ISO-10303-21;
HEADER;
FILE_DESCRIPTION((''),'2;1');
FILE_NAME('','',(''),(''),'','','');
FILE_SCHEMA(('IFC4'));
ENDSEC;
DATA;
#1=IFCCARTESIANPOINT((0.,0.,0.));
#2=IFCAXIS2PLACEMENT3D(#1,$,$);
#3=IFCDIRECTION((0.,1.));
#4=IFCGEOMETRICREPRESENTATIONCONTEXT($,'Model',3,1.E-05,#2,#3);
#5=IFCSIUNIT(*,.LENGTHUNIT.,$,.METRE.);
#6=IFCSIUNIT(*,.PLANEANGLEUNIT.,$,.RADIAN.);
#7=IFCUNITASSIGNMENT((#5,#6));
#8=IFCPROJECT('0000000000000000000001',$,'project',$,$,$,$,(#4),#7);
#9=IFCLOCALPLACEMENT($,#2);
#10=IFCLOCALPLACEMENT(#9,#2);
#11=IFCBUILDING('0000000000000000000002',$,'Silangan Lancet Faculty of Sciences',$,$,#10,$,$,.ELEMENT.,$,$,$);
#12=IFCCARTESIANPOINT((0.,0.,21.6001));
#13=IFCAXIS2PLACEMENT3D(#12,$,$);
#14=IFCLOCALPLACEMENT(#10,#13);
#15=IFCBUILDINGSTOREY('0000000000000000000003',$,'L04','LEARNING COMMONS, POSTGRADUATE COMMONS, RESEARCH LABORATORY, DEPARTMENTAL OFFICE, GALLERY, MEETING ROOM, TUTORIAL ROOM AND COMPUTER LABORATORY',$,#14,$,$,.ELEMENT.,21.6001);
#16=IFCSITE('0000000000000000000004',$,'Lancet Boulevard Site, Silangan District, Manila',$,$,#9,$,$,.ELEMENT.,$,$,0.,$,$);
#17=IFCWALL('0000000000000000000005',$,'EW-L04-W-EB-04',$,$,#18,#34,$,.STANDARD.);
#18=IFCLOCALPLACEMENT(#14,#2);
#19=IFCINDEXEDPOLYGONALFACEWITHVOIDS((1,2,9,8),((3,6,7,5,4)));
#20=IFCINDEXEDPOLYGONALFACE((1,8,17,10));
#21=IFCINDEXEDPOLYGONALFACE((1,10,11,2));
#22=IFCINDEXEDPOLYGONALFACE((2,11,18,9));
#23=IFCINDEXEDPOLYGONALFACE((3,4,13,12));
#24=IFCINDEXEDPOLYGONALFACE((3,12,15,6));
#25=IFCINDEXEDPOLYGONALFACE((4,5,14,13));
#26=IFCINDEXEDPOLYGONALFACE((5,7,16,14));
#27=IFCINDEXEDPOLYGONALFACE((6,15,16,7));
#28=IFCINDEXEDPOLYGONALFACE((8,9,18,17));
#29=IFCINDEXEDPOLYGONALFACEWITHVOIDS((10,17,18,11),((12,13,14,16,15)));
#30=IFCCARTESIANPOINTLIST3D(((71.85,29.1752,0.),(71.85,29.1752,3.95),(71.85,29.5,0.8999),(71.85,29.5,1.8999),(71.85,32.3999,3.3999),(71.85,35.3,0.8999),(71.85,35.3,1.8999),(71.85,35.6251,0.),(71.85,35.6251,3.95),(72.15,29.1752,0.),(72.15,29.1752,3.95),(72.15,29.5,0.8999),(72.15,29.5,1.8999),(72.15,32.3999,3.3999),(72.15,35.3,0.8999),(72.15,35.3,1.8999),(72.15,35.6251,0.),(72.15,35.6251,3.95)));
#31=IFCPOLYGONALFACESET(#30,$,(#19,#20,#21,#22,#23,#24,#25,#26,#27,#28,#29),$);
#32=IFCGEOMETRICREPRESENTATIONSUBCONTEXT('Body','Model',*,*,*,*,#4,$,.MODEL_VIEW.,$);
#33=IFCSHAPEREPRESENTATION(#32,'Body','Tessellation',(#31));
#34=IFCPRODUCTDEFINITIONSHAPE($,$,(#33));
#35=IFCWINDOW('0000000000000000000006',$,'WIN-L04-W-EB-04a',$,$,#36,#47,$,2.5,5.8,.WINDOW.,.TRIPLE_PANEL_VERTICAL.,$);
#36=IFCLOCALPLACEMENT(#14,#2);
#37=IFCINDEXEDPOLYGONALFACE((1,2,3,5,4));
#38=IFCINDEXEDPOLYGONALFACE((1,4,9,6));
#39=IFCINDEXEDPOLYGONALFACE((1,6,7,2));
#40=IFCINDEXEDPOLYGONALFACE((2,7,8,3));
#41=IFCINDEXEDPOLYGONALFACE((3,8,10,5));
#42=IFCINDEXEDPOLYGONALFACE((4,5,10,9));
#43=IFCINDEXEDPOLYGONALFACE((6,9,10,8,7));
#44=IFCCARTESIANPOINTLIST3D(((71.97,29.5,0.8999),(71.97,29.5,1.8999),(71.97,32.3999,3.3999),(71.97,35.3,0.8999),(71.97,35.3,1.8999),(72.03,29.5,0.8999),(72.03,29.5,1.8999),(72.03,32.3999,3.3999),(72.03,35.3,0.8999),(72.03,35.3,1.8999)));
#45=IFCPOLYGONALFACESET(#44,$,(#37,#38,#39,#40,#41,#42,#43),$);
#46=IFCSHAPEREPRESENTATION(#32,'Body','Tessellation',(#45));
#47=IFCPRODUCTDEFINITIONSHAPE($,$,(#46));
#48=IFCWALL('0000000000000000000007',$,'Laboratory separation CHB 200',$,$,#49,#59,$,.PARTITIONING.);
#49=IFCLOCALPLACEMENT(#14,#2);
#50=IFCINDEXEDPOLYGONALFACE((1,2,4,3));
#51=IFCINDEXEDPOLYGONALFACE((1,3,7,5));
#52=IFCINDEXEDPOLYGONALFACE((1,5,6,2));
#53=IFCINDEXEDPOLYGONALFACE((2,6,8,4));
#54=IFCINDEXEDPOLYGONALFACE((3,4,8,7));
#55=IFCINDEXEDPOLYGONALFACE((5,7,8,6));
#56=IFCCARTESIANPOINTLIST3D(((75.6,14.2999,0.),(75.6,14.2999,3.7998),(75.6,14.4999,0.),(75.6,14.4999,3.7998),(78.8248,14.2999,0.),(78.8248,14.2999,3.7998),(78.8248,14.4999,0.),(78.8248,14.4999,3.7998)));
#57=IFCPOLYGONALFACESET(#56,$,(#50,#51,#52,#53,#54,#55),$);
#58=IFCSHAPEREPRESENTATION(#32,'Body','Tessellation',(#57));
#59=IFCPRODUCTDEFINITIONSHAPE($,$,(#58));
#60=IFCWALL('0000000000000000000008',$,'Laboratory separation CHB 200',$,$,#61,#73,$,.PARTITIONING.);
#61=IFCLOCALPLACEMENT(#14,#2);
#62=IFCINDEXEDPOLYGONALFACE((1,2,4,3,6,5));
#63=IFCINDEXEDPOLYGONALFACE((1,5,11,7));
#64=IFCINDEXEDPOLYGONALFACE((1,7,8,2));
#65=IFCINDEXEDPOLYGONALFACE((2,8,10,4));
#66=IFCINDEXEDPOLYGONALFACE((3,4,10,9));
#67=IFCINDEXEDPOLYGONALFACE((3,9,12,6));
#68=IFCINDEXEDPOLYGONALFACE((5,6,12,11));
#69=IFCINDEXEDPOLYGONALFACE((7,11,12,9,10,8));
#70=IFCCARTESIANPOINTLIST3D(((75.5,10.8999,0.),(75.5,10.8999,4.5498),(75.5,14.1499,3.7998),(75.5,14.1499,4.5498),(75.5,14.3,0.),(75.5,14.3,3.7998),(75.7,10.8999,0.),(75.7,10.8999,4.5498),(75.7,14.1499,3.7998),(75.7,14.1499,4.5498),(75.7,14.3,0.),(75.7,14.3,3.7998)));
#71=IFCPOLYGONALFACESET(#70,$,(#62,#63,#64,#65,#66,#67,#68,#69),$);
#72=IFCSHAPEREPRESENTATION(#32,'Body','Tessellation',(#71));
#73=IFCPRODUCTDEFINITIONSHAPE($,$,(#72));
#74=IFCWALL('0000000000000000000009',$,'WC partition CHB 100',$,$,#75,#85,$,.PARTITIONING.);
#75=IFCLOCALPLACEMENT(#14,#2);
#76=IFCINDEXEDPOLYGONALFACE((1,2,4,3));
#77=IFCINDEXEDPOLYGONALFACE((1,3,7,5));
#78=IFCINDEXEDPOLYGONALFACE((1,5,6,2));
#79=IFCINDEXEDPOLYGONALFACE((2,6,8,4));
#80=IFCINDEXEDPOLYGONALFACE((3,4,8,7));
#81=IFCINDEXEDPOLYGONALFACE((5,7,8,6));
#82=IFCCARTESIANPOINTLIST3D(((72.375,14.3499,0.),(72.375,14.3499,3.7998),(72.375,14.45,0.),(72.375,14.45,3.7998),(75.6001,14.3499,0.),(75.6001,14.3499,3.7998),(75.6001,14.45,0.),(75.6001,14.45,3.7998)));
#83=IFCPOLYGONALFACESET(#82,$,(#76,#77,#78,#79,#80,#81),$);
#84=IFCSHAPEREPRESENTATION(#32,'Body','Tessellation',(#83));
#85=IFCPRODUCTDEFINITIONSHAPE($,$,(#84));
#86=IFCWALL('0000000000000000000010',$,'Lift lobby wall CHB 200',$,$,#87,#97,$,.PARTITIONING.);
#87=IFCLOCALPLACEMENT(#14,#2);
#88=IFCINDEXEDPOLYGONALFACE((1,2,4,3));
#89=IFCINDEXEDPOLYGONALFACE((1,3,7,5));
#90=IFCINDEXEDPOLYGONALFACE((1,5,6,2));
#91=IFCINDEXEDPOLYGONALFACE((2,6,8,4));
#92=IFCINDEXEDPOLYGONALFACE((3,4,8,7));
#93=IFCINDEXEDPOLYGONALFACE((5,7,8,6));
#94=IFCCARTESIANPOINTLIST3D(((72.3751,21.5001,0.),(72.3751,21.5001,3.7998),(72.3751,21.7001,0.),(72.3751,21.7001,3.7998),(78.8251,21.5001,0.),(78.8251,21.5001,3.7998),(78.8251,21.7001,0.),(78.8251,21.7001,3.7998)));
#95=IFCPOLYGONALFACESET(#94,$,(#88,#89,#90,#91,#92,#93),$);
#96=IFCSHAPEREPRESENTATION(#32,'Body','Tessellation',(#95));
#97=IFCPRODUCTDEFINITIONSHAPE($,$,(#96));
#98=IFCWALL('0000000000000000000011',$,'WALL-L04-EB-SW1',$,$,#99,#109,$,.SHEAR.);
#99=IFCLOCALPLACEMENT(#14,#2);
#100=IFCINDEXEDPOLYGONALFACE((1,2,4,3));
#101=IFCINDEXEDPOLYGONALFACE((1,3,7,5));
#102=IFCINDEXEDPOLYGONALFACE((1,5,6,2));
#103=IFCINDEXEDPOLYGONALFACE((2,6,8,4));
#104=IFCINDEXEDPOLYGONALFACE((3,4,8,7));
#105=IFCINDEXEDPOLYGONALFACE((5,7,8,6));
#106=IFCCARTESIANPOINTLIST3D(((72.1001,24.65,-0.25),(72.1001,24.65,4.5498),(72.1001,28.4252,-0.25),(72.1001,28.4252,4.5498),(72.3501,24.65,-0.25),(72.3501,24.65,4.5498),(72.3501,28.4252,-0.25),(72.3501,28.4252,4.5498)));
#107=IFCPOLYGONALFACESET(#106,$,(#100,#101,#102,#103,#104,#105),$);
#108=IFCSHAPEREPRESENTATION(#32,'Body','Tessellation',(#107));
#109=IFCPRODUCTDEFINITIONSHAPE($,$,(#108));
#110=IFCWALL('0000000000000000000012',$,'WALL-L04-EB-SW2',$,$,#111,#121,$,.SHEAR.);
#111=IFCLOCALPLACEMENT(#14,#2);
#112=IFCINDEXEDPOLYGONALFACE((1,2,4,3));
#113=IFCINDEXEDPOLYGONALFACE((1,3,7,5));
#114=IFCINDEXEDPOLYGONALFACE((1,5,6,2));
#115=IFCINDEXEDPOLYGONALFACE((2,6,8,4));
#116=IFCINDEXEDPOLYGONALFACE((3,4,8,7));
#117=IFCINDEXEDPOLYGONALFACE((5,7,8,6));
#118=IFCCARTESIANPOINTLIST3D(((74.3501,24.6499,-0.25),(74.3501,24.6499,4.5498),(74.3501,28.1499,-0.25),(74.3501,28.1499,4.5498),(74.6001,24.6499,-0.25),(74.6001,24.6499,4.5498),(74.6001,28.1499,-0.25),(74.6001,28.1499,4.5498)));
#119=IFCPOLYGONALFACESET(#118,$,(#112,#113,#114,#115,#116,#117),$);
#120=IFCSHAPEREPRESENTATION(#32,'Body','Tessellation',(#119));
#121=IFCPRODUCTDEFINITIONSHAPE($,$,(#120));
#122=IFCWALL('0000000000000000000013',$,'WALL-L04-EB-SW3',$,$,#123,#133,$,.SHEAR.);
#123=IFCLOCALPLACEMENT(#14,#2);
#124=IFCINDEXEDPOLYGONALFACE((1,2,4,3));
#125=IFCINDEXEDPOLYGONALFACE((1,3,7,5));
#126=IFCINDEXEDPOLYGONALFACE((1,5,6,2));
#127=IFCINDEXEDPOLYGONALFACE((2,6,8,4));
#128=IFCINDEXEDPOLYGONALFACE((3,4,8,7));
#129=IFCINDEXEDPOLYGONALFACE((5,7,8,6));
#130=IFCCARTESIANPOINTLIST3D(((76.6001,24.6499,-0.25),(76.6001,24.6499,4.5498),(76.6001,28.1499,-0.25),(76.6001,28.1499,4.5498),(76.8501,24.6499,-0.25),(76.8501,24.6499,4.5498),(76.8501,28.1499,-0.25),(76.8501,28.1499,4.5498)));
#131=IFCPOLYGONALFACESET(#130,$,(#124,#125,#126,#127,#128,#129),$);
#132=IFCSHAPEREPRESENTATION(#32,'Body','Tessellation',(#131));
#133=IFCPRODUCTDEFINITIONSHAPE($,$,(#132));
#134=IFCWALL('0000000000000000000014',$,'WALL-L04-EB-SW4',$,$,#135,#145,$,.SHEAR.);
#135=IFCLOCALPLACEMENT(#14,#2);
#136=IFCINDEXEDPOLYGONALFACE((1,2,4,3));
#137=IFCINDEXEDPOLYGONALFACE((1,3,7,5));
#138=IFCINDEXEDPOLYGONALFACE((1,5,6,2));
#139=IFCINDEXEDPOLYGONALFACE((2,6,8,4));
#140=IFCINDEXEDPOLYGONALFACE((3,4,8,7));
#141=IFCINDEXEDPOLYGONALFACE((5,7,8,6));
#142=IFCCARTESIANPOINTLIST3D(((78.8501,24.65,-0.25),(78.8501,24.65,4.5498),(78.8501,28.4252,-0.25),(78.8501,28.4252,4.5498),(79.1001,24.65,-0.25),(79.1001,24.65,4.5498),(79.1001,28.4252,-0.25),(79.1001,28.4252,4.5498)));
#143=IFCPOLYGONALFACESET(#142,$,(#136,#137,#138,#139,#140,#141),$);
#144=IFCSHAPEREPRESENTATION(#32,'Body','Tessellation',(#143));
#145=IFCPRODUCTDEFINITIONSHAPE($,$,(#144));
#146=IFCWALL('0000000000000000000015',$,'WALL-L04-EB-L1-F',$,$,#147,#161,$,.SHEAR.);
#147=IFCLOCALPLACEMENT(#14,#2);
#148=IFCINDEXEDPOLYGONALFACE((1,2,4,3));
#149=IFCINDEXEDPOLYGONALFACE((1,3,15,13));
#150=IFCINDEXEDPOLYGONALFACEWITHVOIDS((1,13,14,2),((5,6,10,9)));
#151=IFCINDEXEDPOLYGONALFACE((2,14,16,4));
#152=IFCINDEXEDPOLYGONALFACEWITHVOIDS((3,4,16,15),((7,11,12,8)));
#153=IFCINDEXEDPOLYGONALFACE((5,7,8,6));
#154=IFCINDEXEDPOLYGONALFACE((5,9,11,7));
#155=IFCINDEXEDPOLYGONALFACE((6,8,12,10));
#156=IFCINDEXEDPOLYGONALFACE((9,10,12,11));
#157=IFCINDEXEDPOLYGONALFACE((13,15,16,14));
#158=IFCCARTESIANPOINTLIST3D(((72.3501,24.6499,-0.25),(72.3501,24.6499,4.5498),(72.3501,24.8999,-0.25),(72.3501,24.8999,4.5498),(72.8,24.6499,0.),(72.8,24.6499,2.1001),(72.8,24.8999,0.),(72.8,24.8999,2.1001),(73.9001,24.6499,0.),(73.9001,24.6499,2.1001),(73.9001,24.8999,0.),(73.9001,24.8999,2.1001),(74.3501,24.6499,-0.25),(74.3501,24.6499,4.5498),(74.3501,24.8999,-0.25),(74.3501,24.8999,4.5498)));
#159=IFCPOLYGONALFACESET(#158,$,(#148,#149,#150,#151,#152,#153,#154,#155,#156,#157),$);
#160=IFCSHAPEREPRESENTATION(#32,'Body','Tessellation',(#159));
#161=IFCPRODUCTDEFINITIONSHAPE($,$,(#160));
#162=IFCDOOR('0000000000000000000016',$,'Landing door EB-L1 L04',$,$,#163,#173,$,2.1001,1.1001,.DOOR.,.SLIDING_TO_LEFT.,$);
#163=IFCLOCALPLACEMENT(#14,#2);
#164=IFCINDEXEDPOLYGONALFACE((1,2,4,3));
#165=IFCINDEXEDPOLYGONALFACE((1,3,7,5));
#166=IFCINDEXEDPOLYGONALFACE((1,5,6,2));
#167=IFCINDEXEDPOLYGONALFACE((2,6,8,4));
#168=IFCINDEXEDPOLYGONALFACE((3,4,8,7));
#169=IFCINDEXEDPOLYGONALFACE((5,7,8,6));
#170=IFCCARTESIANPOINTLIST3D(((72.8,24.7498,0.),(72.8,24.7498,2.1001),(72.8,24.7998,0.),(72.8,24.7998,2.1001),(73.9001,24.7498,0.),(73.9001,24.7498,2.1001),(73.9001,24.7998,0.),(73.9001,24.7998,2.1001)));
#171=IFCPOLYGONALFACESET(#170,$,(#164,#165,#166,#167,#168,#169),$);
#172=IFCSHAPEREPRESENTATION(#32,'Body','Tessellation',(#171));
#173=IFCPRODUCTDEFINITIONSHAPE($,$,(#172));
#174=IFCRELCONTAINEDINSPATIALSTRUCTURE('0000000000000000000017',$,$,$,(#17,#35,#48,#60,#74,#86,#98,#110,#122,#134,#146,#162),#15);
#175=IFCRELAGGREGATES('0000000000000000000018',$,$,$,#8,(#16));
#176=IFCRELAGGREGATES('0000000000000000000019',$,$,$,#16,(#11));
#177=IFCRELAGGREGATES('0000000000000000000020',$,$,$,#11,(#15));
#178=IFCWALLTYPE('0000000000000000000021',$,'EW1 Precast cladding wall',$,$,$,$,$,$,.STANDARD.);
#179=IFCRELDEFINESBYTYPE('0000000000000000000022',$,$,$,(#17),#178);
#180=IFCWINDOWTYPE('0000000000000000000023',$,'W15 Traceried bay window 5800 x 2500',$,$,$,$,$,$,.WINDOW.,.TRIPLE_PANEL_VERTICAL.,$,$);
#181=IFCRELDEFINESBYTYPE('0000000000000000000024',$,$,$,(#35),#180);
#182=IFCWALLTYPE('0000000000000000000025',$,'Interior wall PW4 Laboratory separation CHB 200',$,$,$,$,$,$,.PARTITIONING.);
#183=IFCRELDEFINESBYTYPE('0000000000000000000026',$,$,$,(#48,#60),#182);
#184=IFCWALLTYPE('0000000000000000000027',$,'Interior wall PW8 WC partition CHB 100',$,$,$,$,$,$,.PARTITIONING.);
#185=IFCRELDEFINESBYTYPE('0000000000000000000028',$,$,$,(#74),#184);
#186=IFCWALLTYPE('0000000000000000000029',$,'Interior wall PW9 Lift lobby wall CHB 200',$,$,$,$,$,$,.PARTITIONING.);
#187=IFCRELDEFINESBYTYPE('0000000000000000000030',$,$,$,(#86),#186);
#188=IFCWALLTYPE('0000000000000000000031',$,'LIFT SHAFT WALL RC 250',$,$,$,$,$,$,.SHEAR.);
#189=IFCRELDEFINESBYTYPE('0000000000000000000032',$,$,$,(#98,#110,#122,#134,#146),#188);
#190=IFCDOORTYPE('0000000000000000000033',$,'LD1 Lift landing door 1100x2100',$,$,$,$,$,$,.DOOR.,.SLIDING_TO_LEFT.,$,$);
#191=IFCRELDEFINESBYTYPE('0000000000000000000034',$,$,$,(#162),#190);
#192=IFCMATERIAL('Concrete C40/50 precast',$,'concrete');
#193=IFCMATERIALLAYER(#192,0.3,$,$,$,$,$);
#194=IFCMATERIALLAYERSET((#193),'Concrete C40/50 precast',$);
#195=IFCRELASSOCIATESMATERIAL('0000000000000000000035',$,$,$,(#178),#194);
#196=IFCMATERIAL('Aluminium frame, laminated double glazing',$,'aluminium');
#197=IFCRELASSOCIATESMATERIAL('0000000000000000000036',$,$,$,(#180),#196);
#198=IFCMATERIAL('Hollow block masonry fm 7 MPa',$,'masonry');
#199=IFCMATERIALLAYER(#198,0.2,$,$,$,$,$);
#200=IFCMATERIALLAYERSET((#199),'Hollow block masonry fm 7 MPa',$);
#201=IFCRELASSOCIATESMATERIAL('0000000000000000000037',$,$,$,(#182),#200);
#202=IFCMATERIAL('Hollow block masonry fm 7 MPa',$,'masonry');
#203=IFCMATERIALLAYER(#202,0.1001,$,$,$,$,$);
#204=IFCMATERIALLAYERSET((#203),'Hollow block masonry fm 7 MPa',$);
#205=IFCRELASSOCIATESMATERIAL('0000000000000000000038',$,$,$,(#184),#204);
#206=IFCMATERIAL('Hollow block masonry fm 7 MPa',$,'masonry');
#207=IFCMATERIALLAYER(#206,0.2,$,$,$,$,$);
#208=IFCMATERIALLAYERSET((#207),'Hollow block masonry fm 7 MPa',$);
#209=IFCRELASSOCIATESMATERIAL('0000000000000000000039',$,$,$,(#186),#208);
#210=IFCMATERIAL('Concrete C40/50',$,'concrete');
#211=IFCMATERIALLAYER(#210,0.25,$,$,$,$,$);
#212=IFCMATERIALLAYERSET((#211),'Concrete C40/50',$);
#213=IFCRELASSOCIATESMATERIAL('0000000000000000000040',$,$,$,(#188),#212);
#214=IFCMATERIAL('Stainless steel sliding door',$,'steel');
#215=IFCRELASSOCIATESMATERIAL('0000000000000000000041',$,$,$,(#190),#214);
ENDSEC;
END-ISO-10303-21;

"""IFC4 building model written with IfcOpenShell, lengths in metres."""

from ifc_helpers import new_model, si_unit, direction, frame, frame_2d, origin, place, context, subcontext, project, spatial, polyline, rectangle, outline, extrude, material, layer, layer_set, type_object, element, fill, save


model = new_model("IFC4")

# Units and contexts
model_context = context("Model", 3, precision=1e-05, world=origin(), true_north=direction((0.0, 1.0)))
body_context = subcontext(model_context, "Body", "Model", "MODEL_VIEW")
ifc_project = project(units=[si_unit("LENGTHUNIT", "METRE"), si_unit("PLANEANGLEUNIT", "RADIAN")], contexts=[model_context])

# Site, building, storey
site_placement = place(None, origin())
site = spatial("IfcSite", under=ifc_project, at=site_placement, Name="Lancet Boulevard Site, Silangan District, Manila", CompositionType="ELEMENT", RefElevation=0.0)
building_placement = place(site_placement, origin())
building = spatial("IfcBuilding", under=site, at=building_placement, Name="Silangan Lancet Faculty of Sciences", CompositionType="ELEMENT")
storey_placement = place(building_placement, frame((0.0, 0.0, 21.6001)))
storey = spatial("IfcBuildingStorey", under=building, at=storey_placement, Name="L04", Description="LEARNING COMMONS, POSTGRADUATE COMMONS, RESEARCH LABORATORY, DEPARTMENTAL OFFICE, GALLERY, MEETING ROOM, TUTORIAL ROOM AND COMPUTER LABORATORY", CompositionType="ELEMENT", Elevation=21.6001)

# Shared definitions
ifc_material_1 = material(Name="Concrete C40/50 precast", Category="concrete")
ifc_layer_1 = layer(ifc_material_1, 0.3)
ifc_layer_set_1 = layer_set([ifc_layer_1], Name="Concrete C40/50 precast")
wall_type_1 = type_object("IfcWallType", Name="EW1 Precast cladding wall", PredefinedType="STANDARD", material=ifc_layer_set_1)
ifc_material_2 = material(Name="Aluminium frame, laminated double glazing", Category="aluminium")
window_type = type_object("IfcWindowType", Name="W15 Traceried bay window 5800 x 2500", PartitioningType="TRIPLE_PANEL_VERTICAL", PredefinedType="WINDOW", material=ifc_material_2)

# Wall, opening, window
wall_1_placement = place(storey_placement, frame((72.0, 29.175, 0.0), z_axis=(0.0, 0.0, 1.0), x_axis=(0.0, 1.0, 0.0)))
wall_1 = element("IfcWall", 1, at=wall_1_placement, inside=storey, type_object=wall_type_1, Name="EW-L04-W-EB-04", PredefinedType="STANDARD", context=body_context, shape_type="SweptSolid", body=[
    extrude(rectangle(XDim=6.45, YDim=0.3, at=frame_2d((3.2251, 0.0))), origin(), (0.0, 0.0, 1.0), 3.95),
])
opening_1_placement = place(wall_1_placement, frame((0.325, 0.0, 0.8999)))
opening_1 = element("IfcOpeningElement", 2, at=opening_1_placement, cuts=wall_1, PredefinedType="OPENING", context=body_context, shape_type="SweptSolid", body=[
    extrude(outline(polyline([(0.0, 0.0), (5.8, 0.0), (5.8, 1.0), (2.8999, 2.5), (0.0, 1.0), (0.0, 0.0)])), frame((0.0, 0.1599, 0.0), z_axis=(0.0, -1.0, 0.0), x_axis=(1.0, 0.0, 0.0)), (0.0, 0.0, 1.0), 0.3201),
])
window_1_placement = place(opening_1_placement, origin())
window_1 = element("IfcWindow", 3, at=window_1_placement, inside=storey, type_object=window_type, Name="WIN-L04-W-EB-04a", OverallHeight=2.5, OverallWidth=5.8, PartitioningType="TRIPLE_PANEL_VERTICAL", PredefinedType="WINDOW", context=body_context, shape_type="SweptSolid", body=[
    extrude(outline(polyline([(0.0, 0.0), (5.8, 0.0), (5.8, 1.0), (2.8999, 2.5), (0.0, 1.0), (0.0, 0.0)])), frame((0.0, 0.03, 0.0), z_axis=(0.0, -1.0, 0.0), x_axis=(1.0, 0.0, 0.0)), (0.0, 0.0, 1.0), 0.0601),
])
fill(opening_1, window_1)

# Walls
ifc_material_3 = material(Name="Hollow block masonry fm 7 MPa", Category="masonry")
ifc_layer_2 = layer(ifc_material_3, 0.2)
ifc_layer_set_2 = layer_set([ifc_layer_2], Name="Hollow block masonry fm 7 MPa")
wall_type_2 = type_object("IfcWallType", Name="Interior wall PW4 Laboratory separation CHB 200", PredefinedType="PARTITIONING", material=ifc_layer_set_2)
wall_2_placement = place(storey_placement, frame((75.6001, 14.3999, 0.0), z_axis=(0.0, 0.0, 1.0), x_axis=(1.0, 0.0, 0.0)))
element("IfcWall", 4, at=wall_2_placement, inside=storey, type_object=wall_type_2, Name="Laboratory separation CHB 200", PredefinedType="PARTITIONING", context=body_context, shape_type="SweptSolid", body=[
    extrude(rectangle(XDim=3.2249, YDim=0.2, at=frame_2d((1.6123, 0.0))), origin(), (0.0, 0.0, 1.0), 3.7998),
])
wall_3_placement = place(storey_placement, frame((75.6001, 10.8999, 0.0), z_axis=(0.0, 0.0, 1.0), x_axis=(0.0, 1.0, 0.0)))
element("IfcWall", 5, at=wall_3_placement, inside=storey, type_object=wall_type_2, Name="Laboratory separation CHB 200", PredefinedType="PARTITIONING", context=body_context, shape_type="SweptSolid", body=[
    extrude(outline(polyline([(0.0, 0.0), (3.4001, 0.0), (3.4001, 3.7998), (3.25, 3.7998), (3.25, 4.5498), (0.0, 4.5498), (0.0, 0.0)])), frame((0.0, 0.1001, 0.0), z_axis=(0.0, -1.0, 0.0), x_axis=(1.0, 0.0, 0.0)), (0.0, 0.0, 1.0), 0.2),
])
ifc_material_4 = material(Name="Hollow block masonry fm 7 MPa", Category="masonry")
ifc_layer_3 = layer(ifc_material_4, 0.1001)
ifc_layer_set_3 = layer_set([ifc_layer_3], Name="Hollow block masonry fm 7 MPa")
wall_type_3 = type_object("IfcWallType", Name="Interior wall PW8 WC partition CHB 100", PredefinedType="PARTITIONING", material=ifc_layer_set_3)
wall_4_placement = place(storey_placement, frame((72.375, 14.3999, 0.0), z_axis=(0.0, 0.0, 1.0), x_axis=(1.0, 0.0, 0.0)))
element("IfcWall", 6, at=wall_4_placement, inside=storey, type_object=wall_type_3, Name="WC partition CHB 100", PredefinedType="PARTITIONING", context=body_context, shape_type="SweptSolid", body=[
    extrude(rectangle(XDim=3.2251, YDim=0.1001, at=frame_2d((1.6125, 0.0))), origin(), (0.0, 0.0, 1.0), 3.7998),
])
ifc_material_5 = material(Name="Hollow block masonry fm 7 MPa", Category="masonry")
ifc_layer_4 = layer(ifc_material_5, 0.2)
ifc_layer_set_4 = layer_set([ifc_layer_4], Name="Hollow block masonry fm 7 MPa")
wall_type_4 = type_object("IfcWallType", Name="Interior wall PW9 Lift lobby wall CHB 200", PredefinedType="PARTITIONING", material=ifc_layer_set_4)
wall_5_placement = place(storey_placement, frame((72.375, 21.6001, 0.0), z_axis=(0.0, 0.0, 1.0), x_axis=(1.0, 0.0, 0.0)))
element("IfcWall", 7, at=wall_5_placement, inside=storey, type_object=wall_type_4, Name="Lift lobby wall CHB 200", PredefinedType="PARTITIONING", context=body_context, shape_type="SweptSolid", body=[
    extrude(rectangle(XDim=6.45, YDim=0.2, at=frame_2d((3.2251, 0.0))), origin(), (0.0, 0.0, 1.0), 3.7998),
])
ifc_material_6 = material(Name="Concrete C40/50", Category="concrete")
ifc_layer_5 = layer(ifc_material_6, 0.25)
ifc_layer_set_5 = layer_set([ifc_layer_5], Name="Concrete C40/50")
wall_type_5 = type_object("IfcWallType", Name="LIFT SHAFT WALL RC 250", PredefinedType="SHEAR", material=ifc_layer_set_5)
wall_6_placement = place(storey_placement, frame((72.2251, 24.6499, -0.25), z_axis=(0.0, 0.0, 1.0), x_axis=(0.0, 1.0, 0.0)))
element("IfcWall", 8, at=wall_6_placement, inside=storey, type_object=wall_type_5, Name="WALL-L04-EB-SW1", PredefinedType="SHEAR", context=body_context, shape_type="SweptSolid", body=[
    extrude(rectangle(XDim=3.7751, YDim=0.25, at=frame_2d((1.8877, 0.0))), origin(), (0.0, 0.0, 1.0), 4.7998),
])
for number, where, z_axis, x_axis, name in (
    (9, (74.4751, 24.6499, -0.25), (0.0, 0.0, 1.0), (0.0, 1.0, 0.0), "WALL-L04-EB-SW2"),
    (10, (76.7251, 24.6499, -0.25), (0.0, 0.0, 1.0), (0.0, 1.0, 0.0), "WALL-L04-EB-SW3"),
):
    element("IfcWall", number, at=place(storey_placement, frame(where, z_axis=z_axis, x_axis=x_axis)), inside=storey, type_object=wall_type_5, Name=name, PredefinedType="SHEAR", context=body_context, shape_type="SweptSolid", body=[
        extrude(rectangle(XDim=3.5, YDim=0.25, at=frame_2d((1.75, 0.0))), origin(), (0.0, 0.0, 1.0), 4.7998),
    ])
wall_7_placement = place(storey_placement, frame((78.9751, 24.6499, -0.25), z_axis=(0.0, 0.0, 1.0), x_axis=(0.0, 1.0, 0.0)))
element("IfcWall", 11, at=wall_7_placement, inside=storey, type_object=wall_type_5, Name="WALL-L04-EB-SW4", PredefinedType="SHEAR", context=body_context, shape_type="SweptSolid", body=[
    extrude(rectangle(XDim=3.7751, YDim=0.25, at=frame_2d((1.8877, 0.0))), origin(), (0.0, 0.0, 1.0), 4.7998),
])

# Wall, opening, door
wall_8_placement = place(storey_placement, frame((72.3501, 24.7749, -0.25), z_axis=(0.0, 0.0, 1.0), x_axis=(1.0, 0.0, 0.0)))
wall_8 = element("IfcWall", 12, at=wall_8_placement, inside=storey, type_object=wall_type_5, Name="WALL-L04-EB-L1-F", PredefinedType="SHEAR", context=body_context, shape_type="SweptSolid", body=[
    extrude(rectangle(XDim=2.0, YDim=0.25, at=frame_2d((1.0, 0.0))), origin(), (0.0, 0.0, 1.0), 4.7998),
])
opening_2_placement = place(wall_8_placement, frame((0.45, 0.0, 0.25)))
opening_2 = element("IfcOpeningElement", 13, at=opening_2_placement, cuts=wall_8, PredefinedType="OPENING", context=body_context, shape_type="SweptSolid", body=[
    extrude(rectangle(XDim=1.1001, YDim=2.1001, at=frame_2d((0.55, 1.05))), frame((0.0, 0.135, 0.0), z_axis=(0.0, -1.0, 0.0), x_axis=(1.0, 0.0, 0.0)), (0.0, 0.0, 1.0), 0.27),
])
ifc_material_7 = material(Name="Stainless steel sliding door", Category="steel")
door_type_1 = type_object("IfcDoorType", Name="LD1 Lift landing door 1100x2100", OperationType="SLIDING_TO_LEFT", PredefinedType="DOOR", material=ifc_material_7)
door_1_placement = place(opening_2_placement, origin())
door_1 = element("IfcDoor", 14, at=door_1_placement, inside=storey, type_object=door_type_1, Name="Landing door EB-L1 L04", OperationType="SLIDING_TO_LEFT", OverallHeight=2.1001, OverallWidth=1.1001, PredefinedType="DOOR", context=body_context, shape_type="SweptSolid", body=[
    extrude(rectangle(XDim=1.1001, YDim=2.1001, at=frame_2d((0.55, 1.05))), frame((0.0, 0.0249, 0.0), z_axis=(0.0, -1.0, 0.0), x_axis=(1.0, 0.0, 0.0)), (0.0, 0.0, 1.0), 0.05),
])
fill(opening_2, door_1)

save(model, "model.ifc")
